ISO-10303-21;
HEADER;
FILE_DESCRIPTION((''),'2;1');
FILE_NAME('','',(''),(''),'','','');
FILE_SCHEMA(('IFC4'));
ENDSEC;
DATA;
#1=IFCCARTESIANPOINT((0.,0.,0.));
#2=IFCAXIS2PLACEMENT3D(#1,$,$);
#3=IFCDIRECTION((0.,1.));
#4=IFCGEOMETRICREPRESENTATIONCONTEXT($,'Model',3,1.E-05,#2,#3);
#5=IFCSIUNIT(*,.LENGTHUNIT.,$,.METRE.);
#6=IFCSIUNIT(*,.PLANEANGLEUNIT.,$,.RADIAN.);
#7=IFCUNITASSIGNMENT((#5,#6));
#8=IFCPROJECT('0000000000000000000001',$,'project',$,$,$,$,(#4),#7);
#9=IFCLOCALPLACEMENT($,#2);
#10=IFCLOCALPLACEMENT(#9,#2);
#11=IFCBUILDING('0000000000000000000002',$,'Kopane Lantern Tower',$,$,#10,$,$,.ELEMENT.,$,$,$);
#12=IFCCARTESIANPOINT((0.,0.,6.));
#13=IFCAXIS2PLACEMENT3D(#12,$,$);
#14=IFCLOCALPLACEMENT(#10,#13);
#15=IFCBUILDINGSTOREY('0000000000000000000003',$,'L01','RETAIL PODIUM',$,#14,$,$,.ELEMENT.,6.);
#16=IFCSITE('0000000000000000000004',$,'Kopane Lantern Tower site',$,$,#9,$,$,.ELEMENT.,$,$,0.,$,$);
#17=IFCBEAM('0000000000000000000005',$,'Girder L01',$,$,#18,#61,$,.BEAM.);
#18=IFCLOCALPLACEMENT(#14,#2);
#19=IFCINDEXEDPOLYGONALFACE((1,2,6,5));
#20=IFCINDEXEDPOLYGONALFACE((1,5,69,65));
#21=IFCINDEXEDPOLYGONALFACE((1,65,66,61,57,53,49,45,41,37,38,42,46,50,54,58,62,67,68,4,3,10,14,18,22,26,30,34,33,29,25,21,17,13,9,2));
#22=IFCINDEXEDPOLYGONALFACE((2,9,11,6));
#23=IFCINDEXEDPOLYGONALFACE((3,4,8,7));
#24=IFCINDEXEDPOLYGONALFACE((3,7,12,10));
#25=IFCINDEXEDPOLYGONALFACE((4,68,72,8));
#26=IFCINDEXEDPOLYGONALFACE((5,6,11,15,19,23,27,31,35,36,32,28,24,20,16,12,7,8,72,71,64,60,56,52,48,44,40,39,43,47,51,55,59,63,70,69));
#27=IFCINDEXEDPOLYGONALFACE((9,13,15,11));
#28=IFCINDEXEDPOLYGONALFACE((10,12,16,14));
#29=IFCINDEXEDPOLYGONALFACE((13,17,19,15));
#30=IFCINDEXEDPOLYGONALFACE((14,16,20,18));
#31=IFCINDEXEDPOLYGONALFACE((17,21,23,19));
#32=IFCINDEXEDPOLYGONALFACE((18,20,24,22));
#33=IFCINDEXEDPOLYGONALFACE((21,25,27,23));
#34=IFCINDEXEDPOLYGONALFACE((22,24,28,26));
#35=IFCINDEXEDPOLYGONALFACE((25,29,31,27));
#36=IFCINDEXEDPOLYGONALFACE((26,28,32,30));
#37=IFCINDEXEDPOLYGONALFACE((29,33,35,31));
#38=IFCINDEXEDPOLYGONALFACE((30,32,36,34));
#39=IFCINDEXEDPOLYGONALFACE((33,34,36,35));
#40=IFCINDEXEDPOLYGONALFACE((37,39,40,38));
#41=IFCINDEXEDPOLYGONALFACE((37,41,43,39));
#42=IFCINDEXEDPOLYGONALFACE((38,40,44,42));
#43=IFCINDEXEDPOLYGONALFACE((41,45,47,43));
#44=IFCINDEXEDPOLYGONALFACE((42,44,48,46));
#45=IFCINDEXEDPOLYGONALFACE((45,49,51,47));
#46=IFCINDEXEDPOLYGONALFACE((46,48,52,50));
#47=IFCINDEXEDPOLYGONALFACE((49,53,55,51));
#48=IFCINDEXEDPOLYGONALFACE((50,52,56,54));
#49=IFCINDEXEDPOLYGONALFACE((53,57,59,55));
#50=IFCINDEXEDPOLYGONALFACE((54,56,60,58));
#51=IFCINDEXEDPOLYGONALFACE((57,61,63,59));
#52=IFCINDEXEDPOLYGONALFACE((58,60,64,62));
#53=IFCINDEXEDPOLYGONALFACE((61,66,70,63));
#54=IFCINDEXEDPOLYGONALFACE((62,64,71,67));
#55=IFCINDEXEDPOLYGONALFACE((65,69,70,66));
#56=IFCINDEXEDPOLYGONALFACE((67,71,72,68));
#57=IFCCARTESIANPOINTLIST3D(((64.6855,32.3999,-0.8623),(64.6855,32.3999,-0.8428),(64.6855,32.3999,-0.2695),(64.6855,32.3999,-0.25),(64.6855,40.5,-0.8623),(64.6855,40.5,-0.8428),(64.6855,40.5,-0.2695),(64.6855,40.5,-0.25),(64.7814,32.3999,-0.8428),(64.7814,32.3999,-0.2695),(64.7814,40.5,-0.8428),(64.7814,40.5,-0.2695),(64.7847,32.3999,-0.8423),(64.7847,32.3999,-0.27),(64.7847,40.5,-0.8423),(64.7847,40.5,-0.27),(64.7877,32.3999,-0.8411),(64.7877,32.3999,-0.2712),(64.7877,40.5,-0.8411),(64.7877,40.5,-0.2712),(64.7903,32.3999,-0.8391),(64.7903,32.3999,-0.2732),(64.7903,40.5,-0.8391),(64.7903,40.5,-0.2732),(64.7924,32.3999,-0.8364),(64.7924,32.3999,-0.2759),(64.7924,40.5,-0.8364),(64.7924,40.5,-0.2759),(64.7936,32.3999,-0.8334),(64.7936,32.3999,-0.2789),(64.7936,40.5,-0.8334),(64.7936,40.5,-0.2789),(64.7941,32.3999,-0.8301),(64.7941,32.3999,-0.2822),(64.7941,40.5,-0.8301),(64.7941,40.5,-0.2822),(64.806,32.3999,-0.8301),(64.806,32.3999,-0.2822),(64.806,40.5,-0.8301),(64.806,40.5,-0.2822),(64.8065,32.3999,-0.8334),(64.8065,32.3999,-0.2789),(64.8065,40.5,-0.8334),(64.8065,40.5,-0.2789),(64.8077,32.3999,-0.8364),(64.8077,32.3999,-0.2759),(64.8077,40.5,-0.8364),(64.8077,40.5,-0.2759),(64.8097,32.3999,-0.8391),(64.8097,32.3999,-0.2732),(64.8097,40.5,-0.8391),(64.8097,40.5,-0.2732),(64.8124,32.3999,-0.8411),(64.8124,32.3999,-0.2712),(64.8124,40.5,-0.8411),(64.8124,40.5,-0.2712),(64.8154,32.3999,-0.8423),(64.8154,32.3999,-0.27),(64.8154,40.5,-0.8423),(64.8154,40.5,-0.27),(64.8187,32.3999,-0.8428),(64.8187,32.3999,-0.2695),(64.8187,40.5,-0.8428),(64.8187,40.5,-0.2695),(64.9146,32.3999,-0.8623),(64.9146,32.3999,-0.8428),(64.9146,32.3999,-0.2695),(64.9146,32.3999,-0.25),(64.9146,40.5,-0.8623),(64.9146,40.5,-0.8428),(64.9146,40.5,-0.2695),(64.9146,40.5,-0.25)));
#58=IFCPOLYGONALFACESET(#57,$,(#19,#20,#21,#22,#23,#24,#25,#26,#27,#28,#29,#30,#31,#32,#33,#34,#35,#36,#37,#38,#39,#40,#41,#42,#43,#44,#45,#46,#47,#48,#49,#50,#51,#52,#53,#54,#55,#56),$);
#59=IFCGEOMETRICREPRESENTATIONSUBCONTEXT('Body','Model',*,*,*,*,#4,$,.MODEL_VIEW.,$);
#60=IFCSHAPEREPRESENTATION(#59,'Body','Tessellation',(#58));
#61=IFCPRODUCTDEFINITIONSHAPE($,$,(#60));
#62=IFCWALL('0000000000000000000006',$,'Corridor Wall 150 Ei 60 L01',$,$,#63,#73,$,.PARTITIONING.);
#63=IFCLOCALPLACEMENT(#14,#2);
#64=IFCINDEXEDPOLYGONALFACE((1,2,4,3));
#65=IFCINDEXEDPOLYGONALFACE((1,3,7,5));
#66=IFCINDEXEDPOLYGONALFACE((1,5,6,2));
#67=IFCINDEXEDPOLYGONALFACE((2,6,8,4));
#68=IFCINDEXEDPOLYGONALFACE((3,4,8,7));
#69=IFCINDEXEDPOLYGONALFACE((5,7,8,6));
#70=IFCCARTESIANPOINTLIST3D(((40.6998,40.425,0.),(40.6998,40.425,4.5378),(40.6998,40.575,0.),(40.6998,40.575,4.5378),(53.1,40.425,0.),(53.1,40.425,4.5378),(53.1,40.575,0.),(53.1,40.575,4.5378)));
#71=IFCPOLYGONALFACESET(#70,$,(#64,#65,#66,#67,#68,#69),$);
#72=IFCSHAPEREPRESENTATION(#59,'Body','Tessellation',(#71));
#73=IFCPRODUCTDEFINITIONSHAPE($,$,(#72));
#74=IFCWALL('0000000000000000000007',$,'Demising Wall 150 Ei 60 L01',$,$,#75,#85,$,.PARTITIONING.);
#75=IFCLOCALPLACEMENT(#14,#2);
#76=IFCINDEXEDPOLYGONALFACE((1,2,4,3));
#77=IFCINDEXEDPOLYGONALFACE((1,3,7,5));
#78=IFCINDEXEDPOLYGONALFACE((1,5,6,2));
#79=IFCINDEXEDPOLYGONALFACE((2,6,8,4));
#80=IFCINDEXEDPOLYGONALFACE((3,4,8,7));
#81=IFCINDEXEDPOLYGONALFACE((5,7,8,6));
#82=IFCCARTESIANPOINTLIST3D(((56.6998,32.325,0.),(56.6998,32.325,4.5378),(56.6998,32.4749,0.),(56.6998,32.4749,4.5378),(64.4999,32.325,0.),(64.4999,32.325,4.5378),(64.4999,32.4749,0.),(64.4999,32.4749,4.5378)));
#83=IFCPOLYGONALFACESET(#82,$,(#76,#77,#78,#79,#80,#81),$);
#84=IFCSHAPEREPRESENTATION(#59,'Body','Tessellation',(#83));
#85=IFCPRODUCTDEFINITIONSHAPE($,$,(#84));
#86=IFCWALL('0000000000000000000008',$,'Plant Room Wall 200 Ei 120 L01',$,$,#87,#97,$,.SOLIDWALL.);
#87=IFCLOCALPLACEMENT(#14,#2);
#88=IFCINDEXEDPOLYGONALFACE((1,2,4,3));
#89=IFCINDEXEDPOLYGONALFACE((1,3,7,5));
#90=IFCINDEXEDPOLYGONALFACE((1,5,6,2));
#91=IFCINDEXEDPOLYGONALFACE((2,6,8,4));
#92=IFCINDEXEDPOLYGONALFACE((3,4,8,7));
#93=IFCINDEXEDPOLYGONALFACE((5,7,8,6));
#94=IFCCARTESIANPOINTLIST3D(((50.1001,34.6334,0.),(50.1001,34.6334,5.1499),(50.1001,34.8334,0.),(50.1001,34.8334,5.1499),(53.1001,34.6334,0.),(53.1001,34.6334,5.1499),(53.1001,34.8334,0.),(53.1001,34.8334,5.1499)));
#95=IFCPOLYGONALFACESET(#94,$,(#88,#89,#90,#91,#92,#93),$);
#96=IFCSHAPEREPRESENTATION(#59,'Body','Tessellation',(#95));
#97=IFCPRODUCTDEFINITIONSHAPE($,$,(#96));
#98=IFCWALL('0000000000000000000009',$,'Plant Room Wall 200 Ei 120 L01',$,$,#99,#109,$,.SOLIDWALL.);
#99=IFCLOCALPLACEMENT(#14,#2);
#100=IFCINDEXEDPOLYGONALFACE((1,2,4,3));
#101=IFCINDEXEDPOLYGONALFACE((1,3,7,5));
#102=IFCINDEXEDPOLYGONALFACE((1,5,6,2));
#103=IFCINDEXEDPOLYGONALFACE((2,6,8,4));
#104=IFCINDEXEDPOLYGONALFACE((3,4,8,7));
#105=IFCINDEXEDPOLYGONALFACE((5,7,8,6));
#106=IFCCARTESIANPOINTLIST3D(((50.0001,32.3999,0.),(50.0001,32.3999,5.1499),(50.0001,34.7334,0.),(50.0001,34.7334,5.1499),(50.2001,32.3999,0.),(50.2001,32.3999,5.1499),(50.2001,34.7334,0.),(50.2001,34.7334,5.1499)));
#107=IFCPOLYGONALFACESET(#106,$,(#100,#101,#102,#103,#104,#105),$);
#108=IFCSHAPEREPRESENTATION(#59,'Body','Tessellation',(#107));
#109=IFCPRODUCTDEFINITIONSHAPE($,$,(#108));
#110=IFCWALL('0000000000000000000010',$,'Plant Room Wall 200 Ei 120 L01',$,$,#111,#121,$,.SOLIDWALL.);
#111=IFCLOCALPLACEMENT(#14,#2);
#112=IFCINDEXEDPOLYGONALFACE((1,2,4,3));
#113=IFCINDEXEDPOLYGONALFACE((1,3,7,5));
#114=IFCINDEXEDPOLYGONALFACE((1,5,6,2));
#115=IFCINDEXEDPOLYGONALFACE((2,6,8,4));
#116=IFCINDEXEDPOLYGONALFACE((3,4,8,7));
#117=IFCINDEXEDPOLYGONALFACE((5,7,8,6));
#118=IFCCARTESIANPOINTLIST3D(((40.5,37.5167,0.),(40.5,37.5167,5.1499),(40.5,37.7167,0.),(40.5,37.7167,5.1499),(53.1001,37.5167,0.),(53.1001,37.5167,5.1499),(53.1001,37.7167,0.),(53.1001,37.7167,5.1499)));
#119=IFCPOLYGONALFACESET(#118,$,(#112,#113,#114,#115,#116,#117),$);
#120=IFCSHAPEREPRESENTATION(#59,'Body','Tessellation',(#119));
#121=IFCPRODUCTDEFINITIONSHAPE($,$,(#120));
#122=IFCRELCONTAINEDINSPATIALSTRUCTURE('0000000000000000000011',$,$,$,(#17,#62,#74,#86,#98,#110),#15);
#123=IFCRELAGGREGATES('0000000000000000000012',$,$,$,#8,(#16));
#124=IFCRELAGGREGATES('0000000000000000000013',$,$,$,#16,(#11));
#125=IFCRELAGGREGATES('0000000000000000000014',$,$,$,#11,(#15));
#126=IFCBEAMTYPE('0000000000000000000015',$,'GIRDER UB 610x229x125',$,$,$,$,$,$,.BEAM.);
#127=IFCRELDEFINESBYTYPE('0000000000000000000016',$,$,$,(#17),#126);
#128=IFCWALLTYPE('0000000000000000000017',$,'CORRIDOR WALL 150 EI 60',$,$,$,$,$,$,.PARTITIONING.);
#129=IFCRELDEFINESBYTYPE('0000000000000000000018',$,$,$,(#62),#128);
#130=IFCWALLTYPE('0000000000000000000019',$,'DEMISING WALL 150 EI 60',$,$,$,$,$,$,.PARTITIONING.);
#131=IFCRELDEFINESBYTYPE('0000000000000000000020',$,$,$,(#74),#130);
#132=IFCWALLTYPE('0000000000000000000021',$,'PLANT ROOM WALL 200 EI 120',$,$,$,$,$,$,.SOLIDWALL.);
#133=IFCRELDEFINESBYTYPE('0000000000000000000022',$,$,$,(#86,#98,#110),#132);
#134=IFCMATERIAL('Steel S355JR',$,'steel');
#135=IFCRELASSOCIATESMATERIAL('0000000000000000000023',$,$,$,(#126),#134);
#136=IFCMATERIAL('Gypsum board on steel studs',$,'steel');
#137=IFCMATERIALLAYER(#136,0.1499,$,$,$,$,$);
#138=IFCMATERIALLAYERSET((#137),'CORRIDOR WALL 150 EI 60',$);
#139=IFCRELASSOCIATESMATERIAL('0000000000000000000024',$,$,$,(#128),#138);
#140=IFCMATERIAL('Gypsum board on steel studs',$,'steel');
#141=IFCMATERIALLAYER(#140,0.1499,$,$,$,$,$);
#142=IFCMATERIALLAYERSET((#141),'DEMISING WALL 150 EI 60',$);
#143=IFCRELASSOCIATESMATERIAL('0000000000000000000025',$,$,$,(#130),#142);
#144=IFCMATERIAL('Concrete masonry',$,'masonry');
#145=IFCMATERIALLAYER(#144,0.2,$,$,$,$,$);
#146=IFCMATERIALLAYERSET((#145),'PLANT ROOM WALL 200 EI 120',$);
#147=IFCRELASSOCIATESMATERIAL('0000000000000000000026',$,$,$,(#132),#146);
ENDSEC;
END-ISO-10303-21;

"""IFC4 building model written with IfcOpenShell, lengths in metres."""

from ifc_helpers import new_model, si_unit, direction, frame, frame_2d, origin, origin_2d, place, context, subcontext, project, spatial, rectangle, i_section, extrude, material, layer, layer_set, material_profile, profile_set, type_object, element, save


model = new_model("IFC4")

# Units and contexts
model_context = context("Model", 3, precision=1e-05, world=origin(), true_north=direction((0.0, 1.0)))
body_context = subcontext(model_context, "Body", "Model", "MODEL_VIEW")
ifc_project = project(units=[si_unit("LENGTHUNIT", "METRE"), si_unit("PLANEANGLEUNIT", "RADIAN")], contexts=[model_context])

# Site, building, storey
site_placement = place(None, origin())
site = spatial("IfcSite", under=ifc_project, at=site_placement, Name="Kopane Lantern Tower site", CompositionType="ELEMENT", RefElevation=0.0)
building_placement = place(site_placement, origin())
building = spatial("IfcBuilding", under=site, at=building_placement, Name="Kopane Lantern Tower", CompositionType="ELEMENT")
storey_placement = place(building_placement, frame((0.0, 0.0, 6.0)))
storey = spatial("IfcBuildingStorey", under=building, at=storey_placement, Name="L01", Description="RETAIL PODIUM", CompositionType="ELEMENT", Elevation=6.0)

# Beam
ifc_material_1 = material(Name="Steel S355JR", Category="steel")
ifc_material_profile_1 = material_profile(ifc_material_1, i_section(OverallWidth=0.229, OverallDepth=0.6123, WebThickness=0.012, FlangeThickness=0.0195, FilletRadius=0.0127, at=origin_2d()), Name="UB 610x229x125")
ifc_profile_set_1 = profile_set([ifc_material_profile_1], Name="Steel S355JR")
beam_type = type_object("IfcBeamType", Name="GIRDER UB 610x229x125", PredefinedType="BEAM", material=ifc_profile_set_1)
for number, where, z_axis, x_axis, name in (
    (1, (64.8, 32.3999, -0.5562), (0.0, 1.0, 0.0), (-1.0, 0.0, 0.0), "Girder L01"),
):
    element("IfcBeam", number, at=place(storey_placement, frame(where, z_axis=z_axis, x_axis=x_axis)), inside=storey, type_object=beam_type, Name=name, PredefinedType="BEAM", context=body_context, shape_type="SweptSolid", body=[
        extrude(i_section(OverallWidth=0.229, OverallDepth=0.6123, WebThickness=0.012, FlangeThickness=0.0195, FilletRadius=0.0127, at=origin_2d()), origin(), (0.0, 0.0, 1.0), 8.1001),
    ])

# Walls
ifc_material_2 = material(Name="Gypsum board on steel studs", Category="steel")
ifc_layer_1 = layer(ifc_material_2, 0.1499)
ifc_layer_set_1 = layer_set([ifc_layer_1], Name="CORRIDOR WALL 150 EI 60")
wall_type_1 = type_object("IfcWallType", Name="CORRIDOR WALL 150 EI 60", PredefinedType="PARTITIONING", material=ifc_layer_set_1)
wall_1_placement = place(storey_placement, frame((53.1001, 40.5, 0.0), z_axis=(0.0, 0.0, 1.0), x_axis=(-1.0, 0.0, 0.0)))
element("IfcWall", 2, at=wall_1_placement, inside=storey, type_object=wall_type_1, Name="Corridor Wall 150 Ei 60 L01", PredefinedType="PARTITIONING", context=body_context, shape_type="SweptSolid", body=[
    extrude(rectangle(XDim=12.4001, YDim=0.1499, at=frame_2d((6.2002, 0.0))), origin(), (0.0, 0.0, 1.0), 4.5378),
])
ifc_material_3 = material(Name="Gypsum board on steel studs", Category="steel")
ifc_layer_2 = layer(ifc_material_3, 0.1499)
ifc_layer_set_2 = layer_set([ifc_layer_2], Name="DEMISING WALL 150 EI 60")
wall_type_2 = type_object("IfcWallType", Name="DEMISING WALL 150 EI 60", PredefinedType="PARTITIONING", material=ifc_layer_set_2)
wall_2_placement = place(storey_placement, frame((56.7, 32.3999, 0.0), z_axis=(0.0, 0.0, 1.0), x_axis=(1.0, 0.0, 0.0)))
element("IfcWall", 3, at=wall_2_placement, inside=storey, type_object=wall_type_2, Name="Demising Wall 150 Ei 60 L01", PredefinedType="PARTITIONING", context=body_context, shape_type="SweptSolid", body=[
    extrude(rectangle(XDim=7.8, YDim=0.1499, at=frame_2d((3.8999, 0.0))), origin(), (0.0, 0.0, 1.0), 4.5378),
])
ifc_material_4 = material(Name="Concrete masonry", Category="masonry")
ifc_layer_3 = layer(ifc_material_4, 0.2)
ifc_layer_set_3 = layer_set([ifc_layer_3], Name="PLANT ROOM WALL 200 EI 120")
wall_type_3 = type_object("IfcWallType", Name="PLANT ROOM WALL 200 EI 120", PredefinedType="SOLIDWALL", material=ifc_layer_set_3)
wall_3_placement = place(storey_placement, frame((53.1001, 34.7334, 0.0), z_axis=(0.0, 0.0, 1.0), x_axis=(-1.0, 0.0, 0.0)))
element("IfcWall", 4, at=wall_3_placement, inside=storey, type_object=wall_type_3, Name="Plant Room Wall 200 Ei 120 L01", PredefinedType="SOLIDWALL", context=body_context, shape_type="SweptSolid", body=[
    extrude(rectangle(XDim=3.0, YDim=0.2, at=frame_2d((1.5, 0.0))), origin(), (0.0, 0.0, 1.0), 5.1499),
])
wall_4_placement = place(storey_placement, frame((50.1001, 32.3999, 0.0), z_axis=(0.0, 0.0, 1.0), x_axis=(0.0, 1.0, 0.0)))
element("IfcWall", 5, at=wall_4_placement, inside=storey, type_object=wall_type_3, Name="Plant Room Wall 200 Ei 120 L01", PredefinedType="SOLIDWALL", context=body_context, shape_type="SweptSolid", body=[
    extrude(rectangle(XDim=2.3335, YDim=0.2, at=frame_2d((1.1667, 0.0))), origin(), (0.0, 0.0, 1.0), 5.1499),
])
wall_5_placement = place(storey_placement, frame((53.1001, 37.6167, 0.0), z_axis=(0.0, 0.0, 1.0), x_axis=(-1.0, 0.0, 0.0)))
element("IfcWall", 6, at=wall_5_placement, inside=storey, type_object=wall_type_3, Name="Plant Room Wall 200 Ei 120 L01", PredefinedType="SOLIDWALL", context=body_context, shape_type="SweptSolid", body=[
    extrude(rectangle(XDim=12.6001, YDim=0.2, at=frame_2d((6.3, 0.0))), origin(), (0.0, 0.0, 1.0), 5.1499),
])

save(model, "model.ifc")
